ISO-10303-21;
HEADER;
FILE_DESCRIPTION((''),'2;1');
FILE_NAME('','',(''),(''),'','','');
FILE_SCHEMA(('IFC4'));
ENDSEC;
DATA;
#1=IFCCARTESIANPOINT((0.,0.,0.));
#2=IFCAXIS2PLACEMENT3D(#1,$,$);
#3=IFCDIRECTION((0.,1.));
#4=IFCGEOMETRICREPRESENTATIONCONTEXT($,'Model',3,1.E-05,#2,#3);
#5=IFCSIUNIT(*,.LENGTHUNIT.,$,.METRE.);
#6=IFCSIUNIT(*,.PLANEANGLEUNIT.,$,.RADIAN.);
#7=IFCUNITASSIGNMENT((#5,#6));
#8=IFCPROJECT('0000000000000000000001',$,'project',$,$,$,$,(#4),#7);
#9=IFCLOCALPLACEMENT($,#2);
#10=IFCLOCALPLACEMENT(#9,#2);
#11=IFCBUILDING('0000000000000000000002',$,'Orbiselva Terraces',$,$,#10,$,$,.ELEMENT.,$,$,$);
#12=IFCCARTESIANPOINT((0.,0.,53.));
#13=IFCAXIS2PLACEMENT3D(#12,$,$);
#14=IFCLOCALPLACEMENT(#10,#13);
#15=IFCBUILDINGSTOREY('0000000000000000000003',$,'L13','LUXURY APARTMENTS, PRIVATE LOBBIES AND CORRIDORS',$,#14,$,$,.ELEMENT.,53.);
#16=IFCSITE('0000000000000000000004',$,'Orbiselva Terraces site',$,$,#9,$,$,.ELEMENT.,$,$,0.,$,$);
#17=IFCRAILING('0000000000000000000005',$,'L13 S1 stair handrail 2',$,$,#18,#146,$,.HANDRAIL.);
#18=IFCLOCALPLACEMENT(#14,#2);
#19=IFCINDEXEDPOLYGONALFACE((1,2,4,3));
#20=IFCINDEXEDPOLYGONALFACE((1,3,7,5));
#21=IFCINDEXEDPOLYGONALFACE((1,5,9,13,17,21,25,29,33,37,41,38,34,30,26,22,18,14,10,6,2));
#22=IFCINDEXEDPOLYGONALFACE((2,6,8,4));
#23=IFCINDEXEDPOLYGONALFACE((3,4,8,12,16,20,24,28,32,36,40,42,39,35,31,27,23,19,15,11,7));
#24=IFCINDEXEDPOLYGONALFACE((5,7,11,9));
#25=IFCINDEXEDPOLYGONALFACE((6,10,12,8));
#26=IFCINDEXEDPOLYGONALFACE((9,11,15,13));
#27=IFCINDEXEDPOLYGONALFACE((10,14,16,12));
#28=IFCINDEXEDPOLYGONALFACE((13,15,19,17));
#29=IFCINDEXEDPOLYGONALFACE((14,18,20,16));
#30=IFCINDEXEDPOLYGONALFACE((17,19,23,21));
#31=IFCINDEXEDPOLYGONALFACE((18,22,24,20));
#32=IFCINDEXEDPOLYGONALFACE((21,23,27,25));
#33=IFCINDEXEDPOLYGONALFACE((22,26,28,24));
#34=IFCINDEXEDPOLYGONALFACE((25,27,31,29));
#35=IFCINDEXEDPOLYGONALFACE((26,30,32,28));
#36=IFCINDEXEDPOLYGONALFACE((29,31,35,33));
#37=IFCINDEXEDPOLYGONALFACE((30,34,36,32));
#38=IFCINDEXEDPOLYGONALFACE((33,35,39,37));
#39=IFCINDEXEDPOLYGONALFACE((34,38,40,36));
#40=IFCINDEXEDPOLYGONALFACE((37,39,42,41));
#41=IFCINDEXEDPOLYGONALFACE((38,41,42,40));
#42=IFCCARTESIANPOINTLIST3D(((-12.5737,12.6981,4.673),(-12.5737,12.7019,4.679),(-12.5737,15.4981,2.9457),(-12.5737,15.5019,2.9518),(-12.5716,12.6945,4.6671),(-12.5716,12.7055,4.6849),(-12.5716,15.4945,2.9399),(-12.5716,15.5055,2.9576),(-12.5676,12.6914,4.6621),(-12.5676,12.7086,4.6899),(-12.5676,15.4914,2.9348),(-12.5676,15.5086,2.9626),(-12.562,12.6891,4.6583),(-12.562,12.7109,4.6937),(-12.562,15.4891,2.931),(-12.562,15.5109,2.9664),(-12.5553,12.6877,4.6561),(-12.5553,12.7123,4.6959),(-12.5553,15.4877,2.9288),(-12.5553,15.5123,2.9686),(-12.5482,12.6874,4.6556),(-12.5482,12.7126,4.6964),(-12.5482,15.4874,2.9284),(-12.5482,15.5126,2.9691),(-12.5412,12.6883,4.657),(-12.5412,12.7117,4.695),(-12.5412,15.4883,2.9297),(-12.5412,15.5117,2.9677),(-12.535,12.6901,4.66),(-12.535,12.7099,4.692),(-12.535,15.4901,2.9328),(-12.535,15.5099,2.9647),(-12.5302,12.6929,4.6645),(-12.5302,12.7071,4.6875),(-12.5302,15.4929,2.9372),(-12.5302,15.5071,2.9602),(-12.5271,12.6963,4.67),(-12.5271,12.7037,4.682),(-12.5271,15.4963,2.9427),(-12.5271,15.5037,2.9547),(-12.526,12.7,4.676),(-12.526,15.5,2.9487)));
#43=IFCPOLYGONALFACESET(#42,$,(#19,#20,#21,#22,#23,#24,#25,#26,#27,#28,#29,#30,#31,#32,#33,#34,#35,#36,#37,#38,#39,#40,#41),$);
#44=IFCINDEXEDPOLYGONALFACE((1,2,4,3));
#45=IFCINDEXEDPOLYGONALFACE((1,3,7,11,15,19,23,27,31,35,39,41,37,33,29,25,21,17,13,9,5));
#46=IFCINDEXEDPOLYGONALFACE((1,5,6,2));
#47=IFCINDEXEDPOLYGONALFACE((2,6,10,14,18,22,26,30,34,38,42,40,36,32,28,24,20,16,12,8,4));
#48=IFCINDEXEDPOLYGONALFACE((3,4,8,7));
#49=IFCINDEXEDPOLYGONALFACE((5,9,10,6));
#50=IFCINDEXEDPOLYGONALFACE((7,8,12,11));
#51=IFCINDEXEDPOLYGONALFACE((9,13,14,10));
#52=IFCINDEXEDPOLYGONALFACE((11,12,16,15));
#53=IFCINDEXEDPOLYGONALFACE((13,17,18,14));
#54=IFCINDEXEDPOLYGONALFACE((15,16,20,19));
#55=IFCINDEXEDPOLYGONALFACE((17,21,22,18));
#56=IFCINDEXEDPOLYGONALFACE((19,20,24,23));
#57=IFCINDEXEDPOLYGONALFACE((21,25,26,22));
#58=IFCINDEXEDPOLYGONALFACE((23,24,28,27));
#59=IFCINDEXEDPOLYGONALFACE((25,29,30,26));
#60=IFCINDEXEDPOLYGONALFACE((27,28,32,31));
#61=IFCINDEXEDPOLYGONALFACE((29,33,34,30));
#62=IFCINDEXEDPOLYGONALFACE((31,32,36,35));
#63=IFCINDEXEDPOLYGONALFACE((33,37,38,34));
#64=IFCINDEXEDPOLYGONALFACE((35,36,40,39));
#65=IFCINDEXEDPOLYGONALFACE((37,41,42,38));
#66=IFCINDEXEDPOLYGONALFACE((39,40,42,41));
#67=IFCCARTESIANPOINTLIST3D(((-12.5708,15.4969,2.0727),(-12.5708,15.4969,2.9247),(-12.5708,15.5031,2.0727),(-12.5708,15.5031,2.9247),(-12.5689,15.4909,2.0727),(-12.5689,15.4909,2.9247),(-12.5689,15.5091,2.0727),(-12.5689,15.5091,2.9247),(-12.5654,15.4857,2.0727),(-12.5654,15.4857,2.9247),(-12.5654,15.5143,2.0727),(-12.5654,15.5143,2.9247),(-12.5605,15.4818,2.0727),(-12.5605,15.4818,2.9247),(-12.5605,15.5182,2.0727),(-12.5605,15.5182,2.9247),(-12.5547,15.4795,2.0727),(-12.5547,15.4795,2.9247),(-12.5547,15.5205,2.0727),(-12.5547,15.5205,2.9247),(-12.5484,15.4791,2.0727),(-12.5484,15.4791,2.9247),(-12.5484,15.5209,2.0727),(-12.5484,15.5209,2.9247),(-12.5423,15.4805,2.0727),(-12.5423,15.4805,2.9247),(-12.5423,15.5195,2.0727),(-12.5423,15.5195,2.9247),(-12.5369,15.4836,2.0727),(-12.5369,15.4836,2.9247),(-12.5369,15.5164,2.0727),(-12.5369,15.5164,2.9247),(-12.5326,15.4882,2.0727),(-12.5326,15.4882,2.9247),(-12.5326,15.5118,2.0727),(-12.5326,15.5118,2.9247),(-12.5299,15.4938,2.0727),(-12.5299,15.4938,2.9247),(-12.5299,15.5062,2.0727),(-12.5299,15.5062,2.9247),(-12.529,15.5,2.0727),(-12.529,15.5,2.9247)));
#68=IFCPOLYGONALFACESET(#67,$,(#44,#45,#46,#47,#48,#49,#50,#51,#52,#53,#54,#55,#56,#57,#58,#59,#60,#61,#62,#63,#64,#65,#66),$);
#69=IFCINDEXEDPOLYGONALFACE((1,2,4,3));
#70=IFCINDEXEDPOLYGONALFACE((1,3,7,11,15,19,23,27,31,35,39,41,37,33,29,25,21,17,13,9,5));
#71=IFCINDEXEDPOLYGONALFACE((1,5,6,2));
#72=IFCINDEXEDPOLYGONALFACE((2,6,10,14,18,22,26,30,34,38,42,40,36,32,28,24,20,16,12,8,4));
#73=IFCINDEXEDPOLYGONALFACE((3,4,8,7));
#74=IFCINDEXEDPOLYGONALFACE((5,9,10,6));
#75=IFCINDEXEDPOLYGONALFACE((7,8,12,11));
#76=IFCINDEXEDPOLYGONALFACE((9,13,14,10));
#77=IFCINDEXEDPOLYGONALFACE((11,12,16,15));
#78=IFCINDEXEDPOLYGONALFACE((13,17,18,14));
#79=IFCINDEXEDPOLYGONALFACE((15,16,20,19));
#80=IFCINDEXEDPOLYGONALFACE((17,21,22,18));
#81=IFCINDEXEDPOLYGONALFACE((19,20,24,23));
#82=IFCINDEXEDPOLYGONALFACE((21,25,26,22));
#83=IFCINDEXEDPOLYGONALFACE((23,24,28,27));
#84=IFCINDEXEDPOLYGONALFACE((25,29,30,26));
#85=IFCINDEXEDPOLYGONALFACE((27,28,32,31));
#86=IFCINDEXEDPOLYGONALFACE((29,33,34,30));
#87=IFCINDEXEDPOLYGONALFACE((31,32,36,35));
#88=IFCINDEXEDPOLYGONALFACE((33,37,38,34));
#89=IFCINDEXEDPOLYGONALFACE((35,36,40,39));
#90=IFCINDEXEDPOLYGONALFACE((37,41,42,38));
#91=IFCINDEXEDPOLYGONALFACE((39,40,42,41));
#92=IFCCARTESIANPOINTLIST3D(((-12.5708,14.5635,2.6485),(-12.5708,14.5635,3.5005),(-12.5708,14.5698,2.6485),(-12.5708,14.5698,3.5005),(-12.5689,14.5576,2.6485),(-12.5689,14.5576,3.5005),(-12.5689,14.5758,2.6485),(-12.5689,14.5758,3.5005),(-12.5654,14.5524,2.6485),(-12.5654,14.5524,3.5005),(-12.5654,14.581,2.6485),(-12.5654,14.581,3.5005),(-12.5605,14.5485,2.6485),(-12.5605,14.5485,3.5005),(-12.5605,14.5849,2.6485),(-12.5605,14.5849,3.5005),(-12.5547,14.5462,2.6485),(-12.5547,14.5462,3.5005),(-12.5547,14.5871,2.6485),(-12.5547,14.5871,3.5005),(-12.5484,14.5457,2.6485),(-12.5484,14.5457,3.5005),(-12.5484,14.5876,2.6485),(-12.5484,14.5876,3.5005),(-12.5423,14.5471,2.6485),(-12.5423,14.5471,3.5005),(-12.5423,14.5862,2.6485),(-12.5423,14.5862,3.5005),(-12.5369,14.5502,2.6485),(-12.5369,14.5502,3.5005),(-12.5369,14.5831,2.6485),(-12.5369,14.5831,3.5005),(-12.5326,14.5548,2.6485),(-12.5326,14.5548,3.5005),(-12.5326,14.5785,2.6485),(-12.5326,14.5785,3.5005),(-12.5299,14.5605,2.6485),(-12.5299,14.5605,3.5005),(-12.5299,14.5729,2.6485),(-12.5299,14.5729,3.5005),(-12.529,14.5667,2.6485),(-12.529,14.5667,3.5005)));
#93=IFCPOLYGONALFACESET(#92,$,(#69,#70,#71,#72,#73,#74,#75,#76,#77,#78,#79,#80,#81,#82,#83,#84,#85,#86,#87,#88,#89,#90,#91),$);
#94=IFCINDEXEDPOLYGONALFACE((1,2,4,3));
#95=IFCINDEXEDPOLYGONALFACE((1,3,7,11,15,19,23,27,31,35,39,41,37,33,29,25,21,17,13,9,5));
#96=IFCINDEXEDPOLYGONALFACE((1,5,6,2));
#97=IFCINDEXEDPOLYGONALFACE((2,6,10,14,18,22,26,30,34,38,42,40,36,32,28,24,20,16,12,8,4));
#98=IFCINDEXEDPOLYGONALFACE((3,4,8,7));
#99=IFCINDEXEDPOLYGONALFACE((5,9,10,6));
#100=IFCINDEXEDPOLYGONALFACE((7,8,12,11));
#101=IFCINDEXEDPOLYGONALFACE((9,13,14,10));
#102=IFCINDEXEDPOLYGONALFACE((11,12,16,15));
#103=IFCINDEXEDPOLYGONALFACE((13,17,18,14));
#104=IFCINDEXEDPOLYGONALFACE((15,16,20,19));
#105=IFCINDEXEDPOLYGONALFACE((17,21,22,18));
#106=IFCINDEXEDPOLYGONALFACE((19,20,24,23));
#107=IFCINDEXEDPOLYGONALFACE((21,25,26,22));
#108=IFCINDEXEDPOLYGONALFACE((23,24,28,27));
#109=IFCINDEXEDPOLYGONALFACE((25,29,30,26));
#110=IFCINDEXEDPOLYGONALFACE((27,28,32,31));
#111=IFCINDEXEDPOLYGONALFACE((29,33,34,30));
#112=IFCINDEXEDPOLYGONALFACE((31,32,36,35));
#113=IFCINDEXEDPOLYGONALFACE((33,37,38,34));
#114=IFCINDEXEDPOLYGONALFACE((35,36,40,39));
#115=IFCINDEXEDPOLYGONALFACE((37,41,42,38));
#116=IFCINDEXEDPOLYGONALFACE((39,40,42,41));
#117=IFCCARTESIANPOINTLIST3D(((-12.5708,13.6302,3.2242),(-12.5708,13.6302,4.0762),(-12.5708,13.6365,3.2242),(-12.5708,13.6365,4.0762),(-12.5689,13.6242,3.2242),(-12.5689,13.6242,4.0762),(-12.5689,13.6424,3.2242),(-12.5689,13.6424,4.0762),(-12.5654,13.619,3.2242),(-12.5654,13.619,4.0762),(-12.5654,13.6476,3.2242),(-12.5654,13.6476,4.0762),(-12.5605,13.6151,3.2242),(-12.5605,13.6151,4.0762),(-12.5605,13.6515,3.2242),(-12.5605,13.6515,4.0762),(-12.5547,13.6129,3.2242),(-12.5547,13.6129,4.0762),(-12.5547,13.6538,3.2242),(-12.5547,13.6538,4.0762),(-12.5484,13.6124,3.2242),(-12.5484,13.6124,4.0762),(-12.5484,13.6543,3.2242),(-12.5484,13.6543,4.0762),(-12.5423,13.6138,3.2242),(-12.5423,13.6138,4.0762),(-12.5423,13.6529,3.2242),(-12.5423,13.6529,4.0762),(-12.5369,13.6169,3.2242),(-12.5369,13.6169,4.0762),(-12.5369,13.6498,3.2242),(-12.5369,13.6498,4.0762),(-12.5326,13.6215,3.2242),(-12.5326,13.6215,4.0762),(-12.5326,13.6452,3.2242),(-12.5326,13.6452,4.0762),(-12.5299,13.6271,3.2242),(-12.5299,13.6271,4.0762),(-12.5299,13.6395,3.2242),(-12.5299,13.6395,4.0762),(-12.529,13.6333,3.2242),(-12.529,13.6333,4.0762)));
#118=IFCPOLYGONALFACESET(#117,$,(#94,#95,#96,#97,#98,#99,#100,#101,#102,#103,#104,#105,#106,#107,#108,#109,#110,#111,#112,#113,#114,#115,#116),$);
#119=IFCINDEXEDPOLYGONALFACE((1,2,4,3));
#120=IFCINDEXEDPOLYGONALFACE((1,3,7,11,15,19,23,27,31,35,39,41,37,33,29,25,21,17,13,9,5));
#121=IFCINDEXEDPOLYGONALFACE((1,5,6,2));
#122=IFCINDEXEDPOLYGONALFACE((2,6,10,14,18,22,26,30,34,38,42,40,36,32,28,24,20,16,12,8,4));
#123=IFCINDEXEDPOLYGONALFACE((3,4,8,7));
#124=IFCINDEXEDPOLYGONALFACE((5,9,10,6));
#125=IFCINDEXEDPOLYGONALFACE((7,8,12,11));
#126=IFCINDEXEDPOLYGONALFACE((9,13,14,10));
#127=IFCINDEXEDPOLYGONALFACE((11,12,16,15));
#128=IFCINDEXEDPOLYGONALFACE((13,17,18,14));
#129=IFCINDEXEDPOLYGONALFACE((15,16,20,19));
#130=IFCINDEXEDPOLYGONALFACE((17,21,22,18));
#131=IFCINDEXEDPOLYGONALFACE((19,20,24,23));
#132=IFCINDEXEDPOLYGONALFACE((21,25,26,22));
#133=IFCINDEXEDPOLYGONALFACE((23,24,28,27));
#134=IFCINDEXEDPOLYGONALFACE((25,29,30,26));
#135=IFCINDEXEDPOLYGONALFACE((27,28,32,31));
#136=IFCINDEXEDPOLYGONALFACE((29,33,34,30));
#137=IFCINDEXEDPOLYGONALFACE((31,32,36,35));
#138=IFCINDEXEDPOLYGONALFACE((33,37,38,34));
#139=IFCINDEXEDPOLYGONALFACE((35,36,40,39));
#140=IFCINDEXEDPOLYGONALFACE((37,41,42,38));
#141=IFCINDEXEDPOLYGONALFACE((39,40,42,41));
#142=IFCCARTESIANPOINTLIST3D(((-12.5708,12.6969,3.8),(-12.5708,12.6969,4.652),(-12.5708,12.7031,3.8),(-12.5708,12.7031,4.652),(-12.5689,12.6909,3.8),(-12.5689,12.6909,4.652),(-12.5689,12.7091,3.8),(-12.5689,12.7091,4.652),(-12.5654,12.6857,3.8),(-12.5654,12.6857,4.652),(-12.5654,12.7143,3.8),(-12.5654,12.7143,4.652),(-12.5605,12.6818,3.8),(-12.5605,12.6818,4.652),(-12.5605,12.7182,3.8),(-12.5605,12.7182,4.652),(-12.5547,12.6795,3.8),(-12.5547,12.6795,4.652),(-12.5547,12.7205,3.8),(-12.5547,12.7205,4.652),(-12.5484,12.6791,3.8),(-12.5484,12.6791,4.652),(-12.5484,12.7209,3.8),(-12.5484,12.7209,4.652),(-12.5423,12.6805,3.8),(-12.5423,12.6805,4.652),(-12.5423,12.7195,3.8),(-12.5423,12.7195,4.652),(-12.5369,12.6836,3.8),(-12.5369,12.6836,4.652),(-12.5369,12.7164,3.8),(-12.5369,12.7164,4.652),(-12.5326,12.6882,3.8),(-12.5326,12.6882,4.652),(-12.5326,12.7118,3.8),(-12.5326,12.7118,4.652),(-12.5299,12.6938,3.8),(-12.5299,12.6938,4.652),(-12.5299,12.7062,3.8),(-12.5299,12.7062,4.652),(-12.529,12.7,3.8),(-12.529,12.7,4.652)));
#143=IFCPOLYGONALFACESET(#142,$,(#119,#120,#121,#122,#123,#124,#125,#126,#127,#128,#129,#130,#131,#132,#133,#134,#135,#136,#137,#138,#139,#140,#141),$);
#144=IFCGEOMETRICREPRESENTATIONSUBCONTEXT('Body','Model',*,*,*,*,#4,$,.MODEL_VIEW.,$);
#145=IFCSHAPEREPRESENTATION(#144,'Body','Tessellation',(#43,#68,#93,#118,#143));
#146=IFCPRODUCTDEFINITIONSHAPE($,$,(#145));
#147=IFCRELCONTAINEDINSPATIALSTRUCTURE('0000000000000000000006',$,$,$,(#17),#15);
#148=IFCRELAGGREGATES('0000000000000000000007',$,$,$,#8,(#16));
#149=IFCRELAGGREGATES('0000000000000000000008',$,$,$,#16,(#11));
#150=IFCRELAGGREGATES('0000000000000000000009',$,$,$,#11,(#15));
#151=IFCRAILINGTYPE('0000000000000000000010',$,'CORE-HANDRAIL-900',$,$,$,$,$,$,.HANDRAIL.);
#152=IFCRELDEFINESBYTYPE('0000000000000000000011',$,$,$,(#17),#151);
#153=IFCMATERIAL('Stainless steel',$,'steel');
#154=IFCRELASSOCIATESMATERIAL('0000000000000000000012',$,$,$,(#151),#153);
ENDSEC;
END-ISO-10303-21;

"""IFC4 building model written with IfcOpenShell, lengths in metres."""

from ifc_helpers import new_model, si_unit, direction, frame, origin, origin_2d, place, context, subcontext, project, spatial, circle, extrude, material, type_object, element, save


model = new_model("IFC4")

# Units and contexts
model_context = context("Model", 3, precision=1e-05, world=origin(), true_north=direction((0.0, 1.0)))
body_context = subcontext(model_context, "Body", "Model", "MODEL_VIEW")
ifc_project = project(units=[si_unit("LENGTHUNIT", "METRE"), si_unit("PLANEANGLEUNIT", "RADIAN")], contexts=[model_context])

# Site, building, storey
site_placement = place(None, origin())
site = spatial("IfcSite", under=ifc_project, at=site_placement, Name="Orbiselva Terraces site", CompositionType="ELEMENT", RefElevation=0.0)
building_placement = place(site_placement, origin())
building = spatial("IfcBuilding", under=site, at=building_placement, Name="Orbiselva Terraces", CompositionType="ELEMENT")
storey_placement = place(building_placement, frame((0.0, 0.0, 53.0)))
storey = spatial("IfcBuildingStorey", under=building, at=storey_placement, Name="L13", Description="LUXURY APARTMENTS, PRIVATE LOBBIES AND CORRIDORS", CompositionType="ELEMENT", Elevation=53.0)

# Railing
ifc_material_1 = material(Name="Stainless steel", Category="steel")
railing_type_1 = type_object("IfcRailingType", Name="CORE-HANDRAIL-900", PredefinedType="HANDRAIL", material=ifc_material_1)
railing_1_placement = place(storey_placement, frame((-12.55, 15.5, 2.0727)))
element("IfcRailing", 1, at=railing_1_placement, inside=storey, type_object=railing_type_1, Name="L13 S1 stair handrail 2", PredefinedType="HANDRAIL", context=body_context, shape_type="SweptSolid", body=[
    extrude(circle(Radius=0.024, at=origin_2d()), frame((0.0, 0.0, 0.876), z_axis=(0.0, -0.851089, 0.525022), x_axis=(1.0, 0.0, 0.0)), (0.0, 0.0, 1.0), 3.2899),
    extrude(circle(Radius=0.021, at=origin_2d()), origin(), (0.0, 0.0, 1.0), 0.852),
    extrude(circle(Radius=0.021, at=origin_2d()), frame((0.0, -0.9333, 0.5758)), (0.0, 0.0, 1.0), 0.852),
    extrude(circle(Radius=0.021, at=origin_2d()), frame((0.0, -1.8667, 1.1515)), (0.0, 0.0, 1.0), 0.852),
    extrude(circle(Radius=0.021, at=origin_2d()), frame((0.0, -2.8, 1.7273)), (0.0, 0.0, 1.0), 0.852),
])

save(model, "model.ifc")
